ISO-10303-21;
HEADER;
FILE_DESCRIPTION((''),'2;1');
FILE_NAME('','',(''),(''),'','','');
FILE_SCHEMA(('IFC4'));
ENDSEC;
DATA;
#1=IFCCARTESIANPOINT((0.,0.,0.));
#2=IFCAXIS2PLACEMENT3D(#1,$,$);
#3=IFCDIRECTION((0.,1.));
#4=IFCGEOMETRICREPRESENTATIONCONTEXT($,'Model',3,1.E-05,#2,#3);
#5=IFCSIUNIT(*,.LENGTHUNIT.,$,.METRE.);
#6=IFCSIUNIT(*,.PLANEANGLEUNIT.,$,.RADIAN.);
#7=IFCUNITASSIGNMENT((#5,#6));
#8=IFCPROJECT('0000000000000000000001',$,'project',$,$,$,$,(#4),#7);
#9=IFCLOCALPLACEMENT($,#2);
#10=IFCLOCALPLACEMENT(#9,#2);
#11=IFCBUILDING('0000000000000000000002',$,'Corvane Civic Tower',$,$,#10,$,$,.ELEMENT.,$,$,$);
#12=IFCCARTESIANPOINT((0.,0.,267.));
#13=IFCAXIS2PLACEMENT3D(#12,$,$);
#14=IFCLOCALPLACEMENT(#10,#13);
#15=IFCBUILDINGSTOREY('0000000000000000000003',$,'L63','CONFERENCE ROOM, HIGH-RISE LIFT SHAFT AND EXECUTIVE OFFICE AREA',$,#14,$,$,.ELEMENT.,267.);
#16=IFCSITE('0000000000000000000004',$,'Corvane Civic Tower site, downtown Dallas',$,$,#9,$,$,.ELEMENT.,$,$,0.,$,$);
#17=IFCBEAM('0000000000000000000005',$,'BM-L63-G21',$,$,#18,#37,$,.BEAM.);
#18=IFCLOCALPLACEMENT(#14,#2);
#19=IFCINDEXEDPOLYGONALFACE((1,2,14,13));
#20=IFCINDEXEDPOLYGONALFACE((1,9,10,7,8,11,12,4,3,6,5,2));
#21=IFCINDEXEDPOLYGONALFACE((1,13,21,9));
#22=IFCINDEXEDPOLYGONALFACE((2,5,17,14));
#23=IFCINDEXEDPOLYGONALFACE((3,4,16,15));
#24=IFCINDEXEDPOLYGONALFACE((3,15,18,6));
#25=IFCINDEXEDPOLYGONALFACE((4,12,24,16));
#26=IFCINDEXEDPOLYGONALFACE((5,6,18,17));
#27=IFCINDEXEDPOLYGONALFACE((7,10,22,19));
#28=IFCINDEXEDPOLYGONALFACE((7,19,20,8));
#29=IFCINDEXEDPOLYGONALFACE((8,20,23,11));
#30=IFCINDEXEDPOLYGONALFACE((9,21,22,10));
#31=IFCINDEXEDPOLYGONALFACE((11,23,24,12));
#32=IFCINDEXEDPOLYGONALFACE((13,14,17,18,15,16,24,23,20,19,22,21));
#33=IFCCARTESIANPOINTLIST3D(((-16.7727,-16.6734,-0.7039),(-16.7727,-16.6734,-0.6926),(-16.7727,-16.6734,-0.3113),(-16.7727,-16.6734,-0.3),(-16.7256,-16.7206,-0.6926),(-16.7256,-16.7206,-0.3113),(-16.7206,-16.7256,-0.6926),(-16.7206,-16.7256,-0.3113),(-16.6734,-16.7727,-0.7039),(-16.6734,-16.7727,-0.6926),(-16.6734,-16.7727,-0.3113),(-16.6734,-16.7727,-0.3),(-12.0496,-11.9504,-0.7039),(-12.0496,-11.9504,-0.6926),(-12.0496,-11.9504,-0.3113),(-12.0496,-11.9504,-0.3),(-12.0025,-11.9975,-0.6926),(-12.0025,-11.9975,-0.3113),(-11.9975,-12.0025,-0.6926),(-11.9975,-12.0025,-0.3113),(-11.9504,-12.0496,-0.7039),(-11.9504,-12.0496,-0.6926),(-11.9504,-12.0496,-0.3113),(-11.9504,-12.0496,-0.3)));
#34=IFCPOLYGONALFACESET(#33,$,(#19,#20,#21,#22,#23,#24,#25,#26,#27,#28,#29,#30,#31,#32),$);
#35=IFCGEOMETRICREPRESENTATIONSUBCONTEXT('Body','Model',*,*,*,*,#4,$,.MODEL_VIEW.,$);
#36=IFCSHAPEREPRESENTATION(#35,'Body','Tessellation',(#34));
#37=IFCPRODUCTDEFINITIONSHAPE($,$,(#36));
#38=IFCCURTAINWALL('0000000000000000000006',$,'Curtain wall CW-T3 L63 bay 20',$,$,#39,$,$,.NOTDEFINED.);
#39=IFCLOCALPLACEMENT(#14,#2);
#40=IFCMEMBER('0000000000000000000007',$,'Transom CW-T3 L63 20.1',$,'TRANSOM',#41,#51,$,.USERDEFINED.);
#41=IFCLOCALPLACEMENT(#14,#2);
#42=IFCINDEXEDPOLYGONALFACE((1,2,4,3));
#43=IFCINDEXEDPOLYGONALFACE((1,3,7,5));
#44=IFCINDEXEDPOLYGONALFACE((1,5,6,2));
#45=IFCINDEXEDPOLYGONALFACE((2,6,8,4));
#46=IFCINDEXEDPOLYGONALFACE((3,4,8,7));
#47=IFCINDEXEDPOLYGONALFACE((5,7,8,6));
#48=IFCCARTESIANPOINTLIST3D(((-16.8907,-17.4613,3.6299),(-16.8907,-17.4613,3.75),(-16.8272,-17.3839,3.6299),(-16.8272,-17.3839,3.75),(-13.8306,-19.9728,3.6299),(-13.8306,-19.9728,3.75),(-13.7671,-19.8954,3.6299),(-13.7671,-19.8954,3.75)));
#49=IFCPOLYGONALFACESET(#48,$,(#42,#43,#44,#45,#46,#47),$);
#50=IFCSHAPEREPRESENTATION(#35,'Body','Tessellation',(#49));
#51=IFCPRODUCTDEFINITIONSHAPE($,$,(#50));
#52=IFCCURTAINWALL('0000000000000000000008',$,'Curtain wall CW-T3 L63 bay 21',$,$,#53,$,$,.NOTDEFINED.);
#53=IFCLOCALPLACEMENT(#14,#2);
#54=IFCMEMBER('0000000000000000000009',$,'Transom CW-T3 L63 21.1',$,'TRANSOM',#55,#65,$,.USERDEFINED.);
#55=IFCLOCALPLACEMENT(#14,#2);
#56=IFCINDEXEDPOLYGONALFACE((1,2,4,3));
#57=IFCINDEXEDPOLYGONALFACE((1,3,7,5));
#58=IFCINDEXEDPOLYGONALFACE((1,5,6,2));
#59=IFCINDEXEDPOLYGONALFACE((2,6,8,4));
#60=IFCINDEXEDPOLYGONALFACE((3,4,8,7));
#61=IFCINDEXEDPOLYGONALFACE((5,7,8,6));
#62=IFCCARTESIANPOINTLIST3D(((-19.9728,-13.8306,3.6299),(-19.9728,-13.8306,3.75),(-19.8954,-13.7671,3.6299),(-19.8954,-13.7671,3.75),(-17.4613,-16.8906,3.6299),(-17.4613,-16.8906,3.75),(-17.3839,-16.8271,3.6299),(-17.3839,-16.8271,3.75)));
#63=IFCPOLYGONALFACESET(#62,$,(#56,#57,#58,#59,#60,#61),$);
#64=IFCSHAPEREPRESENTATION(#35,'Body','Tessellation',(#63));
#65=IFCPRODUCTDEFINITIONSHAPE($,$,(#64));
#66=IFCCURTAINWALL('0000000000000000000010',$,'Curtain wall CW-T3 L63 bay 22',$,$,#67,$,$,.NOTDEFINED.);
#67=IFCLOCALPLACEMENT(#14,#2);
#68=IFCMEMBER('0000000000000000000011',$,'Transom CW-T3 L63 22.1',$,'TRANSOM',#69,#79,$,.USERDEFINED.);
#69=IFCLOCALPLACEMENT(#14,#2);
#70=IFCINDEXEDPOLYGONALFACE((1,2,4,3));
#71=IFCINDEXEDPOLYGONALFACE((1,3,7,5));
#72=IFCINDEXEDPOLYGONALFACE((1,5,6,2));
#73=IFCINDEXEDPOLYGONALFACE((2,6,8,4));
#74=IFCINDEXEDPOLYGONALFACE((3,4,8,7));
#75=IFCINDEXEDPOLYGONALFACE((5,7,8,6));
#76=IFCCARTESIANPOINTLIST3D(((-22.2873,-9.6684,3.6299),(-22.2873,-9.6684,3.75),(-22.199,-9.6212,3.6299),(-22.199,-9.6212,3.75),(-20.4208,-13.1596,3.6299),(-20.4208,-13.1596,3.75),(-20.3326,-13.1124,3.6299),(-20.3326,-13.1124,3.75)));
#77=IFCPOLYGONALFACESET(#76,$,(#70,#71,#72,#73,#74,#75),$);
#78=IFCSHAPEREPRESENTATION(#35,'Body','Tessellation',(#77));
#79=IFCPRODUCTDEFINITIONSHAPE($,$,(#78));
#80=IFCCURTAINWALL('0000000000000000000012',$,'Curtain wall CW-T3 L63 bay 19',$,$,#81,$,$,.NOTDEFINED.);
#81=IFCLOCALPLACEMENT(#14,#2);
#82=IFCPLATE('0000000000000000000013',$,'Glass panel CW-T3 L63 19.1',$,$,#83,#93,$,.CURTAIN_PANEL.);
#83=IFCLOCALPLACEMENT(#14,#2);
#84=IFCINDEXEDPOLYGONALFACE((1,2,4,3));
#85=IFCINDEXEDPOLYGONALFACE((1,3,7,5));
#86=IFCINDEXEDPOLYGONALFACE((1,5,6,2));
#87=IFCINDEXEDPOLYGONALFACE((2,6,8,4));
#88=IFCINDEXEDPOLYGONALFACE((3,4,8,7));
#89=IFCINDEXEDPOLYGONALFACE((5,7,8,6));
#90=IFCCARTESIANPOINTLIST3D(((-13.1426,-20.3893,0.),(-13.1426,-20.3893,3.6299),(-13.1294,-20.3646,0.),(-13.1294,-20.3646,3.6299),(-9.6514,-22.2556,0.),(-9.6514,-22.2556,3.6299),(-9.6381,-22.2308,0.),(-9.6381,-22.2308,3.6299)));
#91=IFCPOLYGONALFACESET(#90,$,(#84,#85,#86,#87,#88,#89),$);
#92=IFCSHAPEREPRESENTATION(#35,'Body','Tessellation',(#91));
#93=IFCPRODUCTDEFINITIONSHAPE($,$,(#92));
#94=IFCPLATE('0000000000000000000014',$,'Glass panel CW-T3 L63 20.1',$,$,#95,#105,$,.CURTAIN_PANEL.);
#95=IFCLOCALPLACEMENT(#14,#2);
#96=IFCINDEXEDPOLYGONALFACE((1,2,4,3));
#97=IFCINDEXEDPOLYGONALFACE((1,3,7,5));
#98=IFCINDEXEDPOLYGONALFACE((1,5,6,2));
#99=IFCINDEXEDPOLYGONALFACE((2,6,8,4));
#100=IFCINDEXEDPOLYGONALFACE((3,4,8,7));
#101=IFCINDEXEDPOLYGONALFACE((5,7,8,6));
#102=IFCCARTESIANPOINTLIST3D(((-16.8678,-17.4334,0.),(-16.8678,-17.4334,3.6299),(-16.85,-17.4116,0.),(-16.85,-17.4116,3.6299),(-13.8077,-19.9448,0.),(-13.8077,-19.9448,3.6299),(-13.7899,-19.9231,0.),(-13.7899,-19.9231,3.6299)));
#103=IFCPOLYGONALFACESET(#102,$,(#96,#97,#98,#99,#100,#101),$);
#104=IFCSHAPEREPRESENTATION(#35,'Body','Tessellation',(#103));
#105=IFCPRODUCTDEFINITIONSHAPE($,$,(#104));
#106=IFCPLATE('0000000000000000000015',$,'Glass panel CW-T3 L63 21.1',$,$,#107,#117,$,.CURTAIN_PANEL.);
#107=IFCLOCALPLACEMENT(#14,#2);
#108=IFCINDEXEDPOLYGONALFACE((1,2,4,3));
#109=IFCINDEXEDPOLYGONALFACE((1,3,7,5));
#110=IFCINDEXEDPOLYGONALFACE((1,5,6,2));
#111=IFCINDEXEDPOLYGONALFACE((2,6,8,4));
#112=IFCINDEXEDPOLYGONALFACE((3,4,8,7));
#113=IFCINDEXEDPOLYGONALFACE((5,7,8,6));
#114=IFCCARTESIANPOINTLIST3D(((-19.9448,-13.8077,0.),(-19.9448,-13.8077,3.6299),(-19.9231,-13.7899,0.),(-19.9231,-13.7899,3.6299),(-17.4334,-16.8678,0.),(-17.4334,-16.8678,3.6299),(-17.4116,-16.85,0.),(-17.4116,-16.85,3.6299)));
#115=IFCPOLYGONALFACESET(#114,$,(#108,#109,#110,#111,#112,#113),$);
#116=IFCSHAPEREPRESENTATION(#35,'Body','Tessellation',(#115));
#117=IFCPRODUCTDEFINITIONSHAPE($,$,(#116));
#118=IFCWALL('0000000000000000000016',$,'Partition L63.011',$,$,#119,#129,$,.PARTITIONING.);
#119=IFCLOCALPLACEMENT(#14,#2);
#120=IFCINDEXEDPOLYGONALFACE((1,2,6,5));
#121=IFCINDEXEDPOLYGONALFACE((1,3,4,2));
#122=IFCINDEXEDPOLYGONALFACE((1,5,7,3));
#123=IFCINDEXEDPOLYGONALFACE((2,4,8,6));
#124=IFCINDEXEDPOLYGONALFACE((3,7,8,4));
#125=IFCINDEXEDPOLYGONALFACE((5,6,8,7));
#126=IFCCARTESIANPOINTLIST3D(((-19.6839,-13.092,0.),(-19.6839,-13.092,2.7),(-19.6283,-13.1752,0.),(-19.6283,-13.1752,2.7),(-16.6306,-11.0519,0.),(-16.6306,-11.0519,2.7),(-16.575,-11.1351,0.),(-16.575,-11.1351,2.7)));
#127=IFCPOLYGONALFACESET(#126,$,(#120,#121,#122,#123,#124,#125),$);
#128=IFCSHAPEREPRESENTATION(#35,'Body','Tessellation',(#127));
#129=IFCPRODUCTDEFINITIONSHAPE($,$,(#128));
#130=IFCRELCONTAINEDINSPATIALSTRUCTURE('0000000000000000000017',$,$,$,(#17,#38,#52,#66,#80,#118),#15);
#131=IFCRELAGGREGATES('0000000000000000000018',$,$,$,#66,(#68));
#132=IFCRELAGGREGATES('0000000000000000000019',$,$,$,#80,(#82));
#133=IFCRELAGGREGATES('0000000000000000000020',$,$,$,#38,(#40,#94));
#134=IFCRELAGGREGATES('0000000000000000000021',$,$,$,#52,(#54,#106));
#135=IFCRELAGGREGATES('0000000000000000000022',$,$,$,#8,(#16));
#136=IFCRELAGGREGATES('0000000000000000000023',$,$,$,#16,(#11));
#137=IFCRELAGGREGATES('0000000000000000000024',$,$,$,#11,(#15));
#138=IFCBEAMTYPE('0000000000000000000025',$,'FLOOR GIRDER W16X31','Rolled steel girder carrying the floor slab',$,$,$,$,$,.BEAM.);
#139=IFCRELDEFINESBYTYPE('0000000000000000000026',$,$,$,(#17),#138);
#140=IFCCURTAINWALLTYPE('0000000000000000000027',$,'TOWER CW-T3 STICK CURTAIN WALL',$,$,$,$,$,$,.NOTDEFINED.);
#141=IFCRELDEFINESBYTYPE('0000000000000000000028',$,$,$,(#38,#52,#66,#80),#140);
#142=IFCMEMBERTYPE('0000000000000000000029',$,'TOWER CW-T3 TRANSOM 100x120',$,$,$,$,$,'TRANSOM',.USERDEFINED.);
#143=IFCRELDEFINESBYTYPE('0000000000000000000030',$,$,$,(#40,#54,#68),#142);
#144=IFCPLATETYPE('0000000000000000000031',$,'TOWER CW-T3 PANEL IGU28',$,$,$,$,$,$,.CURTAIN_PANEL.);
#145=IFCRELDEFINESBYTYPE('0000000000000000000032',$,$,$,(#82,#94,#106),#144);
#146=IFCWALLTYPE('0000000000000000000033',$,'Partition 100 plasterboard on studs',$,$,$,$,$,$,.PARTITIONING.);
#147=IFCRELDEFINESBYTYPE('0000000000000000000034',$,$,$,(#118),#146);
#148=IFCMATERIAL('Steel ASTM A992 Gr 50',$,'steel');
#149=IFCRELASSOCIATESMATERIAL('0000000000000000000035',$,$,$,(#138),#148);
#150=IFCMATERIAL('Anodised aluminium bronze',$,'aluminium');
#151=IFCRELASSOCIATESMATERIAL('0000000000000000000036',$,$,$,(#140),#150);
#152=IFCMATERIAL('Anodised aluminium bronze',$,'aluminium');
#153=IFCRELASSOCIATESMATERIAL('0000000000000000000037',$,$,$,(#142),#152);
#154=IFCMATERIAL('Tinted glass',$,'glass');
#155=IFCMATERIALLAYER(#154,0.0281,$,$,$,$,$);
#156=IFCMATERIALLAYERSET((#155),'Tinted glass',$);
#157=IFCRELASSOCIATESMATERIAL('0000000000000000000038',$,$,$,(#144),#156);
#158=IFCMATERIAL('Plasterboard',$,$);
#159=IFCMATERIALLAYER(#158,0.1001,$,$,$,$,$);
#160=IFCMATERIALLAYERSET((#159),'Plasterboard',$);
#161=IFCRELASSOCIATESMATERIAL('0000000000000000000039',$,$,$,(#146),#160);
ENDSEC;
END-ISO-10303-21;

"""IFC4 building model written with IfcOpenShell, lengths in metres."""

from ifc_helpers import new_model, si_unit, direction, frame, frame_2d, origin, origin_2d, place, context, subcontext, project, spatial, rectangle, i_section, extrude, material, layer, layer_set, material_profile, profile_set, type_object, element, aggregate, save


model = new_model("IFC4")

# Units and contexts
model_context = context("Model", 3, precision=1e-05, world=origin(), true_north=direction((0.0, 1.0)))
body_context = subcontext(model_context, "Body", "Model", "MODEL_VIEW")
ifc_project = project(units=[si_unit("LENGTHUNIT", "METRE"), si_unit("PLANEANGLEUNIT", "RADIAN")], contexts=[model_context])

# Site, building, storey
site_placement = place(None, origin())
site = spatial("IfcSite", under=ifc_project, at=site_placement, Name="Corvane Civic Tower site, downtown Dallas", CompositionType="ELEMENT", RefElevation=0.0)
building_placement = place(site_placement, origin())
building = spatial("IfcBuilding", under=site, at=building_placement, Name="Corvane Civic Tower", CompositionType="ELEMENT")
storey_placement = place(building_placement, frame((0.0, 0.0, 267.0)))
storey = spatial("IfcBuildingStorey", under=building, at=storey_placement, Name="L63", Description="CONFERENCE ROOM, HIGH-RISE LIFT SHAFT AND EXECUTIVE OFFICE AREA", CompositionType="ELEMENT", Elevation=267.0)

# Beam
ifc_material_1 = material(Name="Steel ASTM A992 Gr 50", Category="steel")
ifc_material_profile_1 = material_profile(ifc_material_1, i_section(OverallWidth=0.1404, OverallDepth=0.4038, WebThickness=0.0071, FlangeThickness=0.0112, at=origin_2d()), Name="W16X31")
ifc_profile_set_1 = profile_set([ifc_material_profile_1], Name="Steel ASTM A992 Gr 50")
beam_type_1 = type_object("IfcBeamType", Name="FLOOR GIRDER W16X31", Description="Rolled steel girder carrying the floor slab", PredefinedType="BEAM", material=ifc_profile_set_1)
beam_1_placement = place(storey_placement, frame((-12.0, -12.0, -0.502), z_axis=(-0.707107, -0.707107, 0.0), x_axis=(0.707107, -0.707107, 0.0)))
element("IfcBeam", 1, at=beam_1_placement, inside=storey, type_object=beam_type_1, Name="BM-L63-G21", PredefinedType="BEAM", context=body_context, shape_type="SweptSolid", body=[
    extrude(i_section(OverallWidth=0.1404, OverallDepth=0.4038, WebThickness=0.0071, FlangeThickness=0.0112, at=origin_2d()), origin(), (0.0, 0.0, 1.0), 6.6794),
])

# Curtain walls, members
ifc_material_2 = material(Name="Anodised aluminium bronze", Category="aluminium")
curtain_wall_type = type_object("IfcCurtainWallType", Name="TOWER CW-T3 STICK CURTAIN WALL", PredefinedType="NOTDEFINED", material=ifc_material_2)
curtain_wall_1_placement = place(storey_placement, origin())
curtain_wall_1 = element("IfcCurtainWall", 2, at=curtain_wall_1_placement, inside=storey, type_object=curtain_wall_type, Name="Curtain wall CW-T3 L63 bay 20", PredefinedType="NOTDEFINED")
ifc_material_3 = material(Name="Anodised aluminium bronze", Category="aluminium")
ifc_material_profile_2 = material_profile(ifc_material_3, rectangle(XDim=0.1001, YDim=0.1201, at=origin_2d()), Name="TOWER CW-T3 TRANSOM 100x120")
ifc_profile_set_2 = profile_set([ifc_material_profile_2], Name="Anodised aluminium bronze")
member_type = type_object("IfcMemberType", Name="TOWER CW-T3 TRANSOM 100x120", ElementType="TRANSOM", PredefinedType="USERDEFINED", material=ifc_profile_set_2)
member_1_placement = place(storey_placement, frame((-13.7988, -19.9341, 3.6899), z_axis=(-0.772992, 0.634416, 0.0), x_axis=(-0.634416, -0.772992, 0.0)))
member_1 = element("IfcMember", 3, at=member_1_placement, type_object=member_type, Name="Transom CW-T3 L63 20.1", ObjectType="TRANSOM", PredefinedType="USERDEFINED", context=body_context, shape_type="SweptSolid", body=[
    extrude(rectangle(XDim=0.1001, YDim=0.1201, at=origin_2d()), origin(), (0.0, 0.0, 1.0), 3.9587),
])
curtain_wall_2_placement = place(storey_placement, origin())
curtain_wall_2 = element("IfcCurtainWall", 4, at=curtain_wall_2_placement, inside=storey, type_object=curtain_wall_type, Name="Curtain wall CW-T3 L63 bay 21", PredefinedType="NOTDEFINED")
member_2_placement = place(storey_placement, frame((-17.4226, -16.8589, 3.6899), z_axis=(-0.634416, 0.772992, 0.0), x_axis=(-0.772992, -0.634416, 0.0)))
member_2 = element("IfcMember", 5, at=member_2_placement, type_object=member_type, Name="Transom CW-T3 L63 21.1", ObjectType="TRANSOM", PredefinedType="USERDEFINED", context=body_context, shape_type="SweptSolid", body=[
    extrude(rectangle(XDim=0.1001, YDim=0.1201, at=origin_2d()), origin(), (0.0, 0.0, 1.0), 3.9587),
])
curtain_wall_3_placement = place(storey_placement, origin())
curtain_wall_3 = element("IfcCurtainWall", 6, at=curtain_wall_3_placement, inside=storey, type_object=curtain_wall_type, Name="Curtain wall CW-T3 L63 bay 22", PredefinedType="NOTDEFINED")
member_3_placement = place(storey_placement, frame((-20.3767, -13.136, 3.6899), z_axis=(-0.471468, 0.881883, 0.0), x_axis=(-0.881883, -0.471468, 0.0)))
member_3 = element("IfcMember", 7, at=member_3_placement, type_object=member_type, Name="Transom CW-T3 L63 22.1", ObjectType="TRANSOM", PredefinedType="USERDEFINED", context=body_context, shape_type="SweptSolid", body=[
    extrude(rectangle(XDim=0.1001, YDim=0.1201, at=origin_2d()), origin(), (0.0, 0.0, 1.0), 3.9587),
])
aggregate(curtain_wall_3, [member_3])

# Curtain wall, plate
curtain_wall_4_placement = place(storey_placement, origin())
curtain_wall_4 = element("IfcCurtainWall", 8, at=curtain_wall_4_placement, inside=storey, type_object=curtain_wall_type, Name="Curtain wall CW-T3 L63 bay 19", PredefinedType="NOTDEFINED")
ifc_material_4 = material(Name="Tinted glass", Category="glass")
ifc_layer_1 = layer(ifc_material_4, 0.0281)
ifc_layer_set_1 = layer_set([ifc_layer_1], Name="Tinted glass")
plate_type = type_object("IfcPlateType", Name="TOWER CW-T3 PANEL IGU28", PredefinedType="CURTAIN_PANEL", material=ifc_layer_set_1)
plate_1_placement = place(storey_placement, frame((-11.3904, -21.3101, 0.0), z_axis=(0.0, 0.0, 1.0), x_axis=(-0.881908, 0.471421, 0.0)))
plate_1 = element("IfcPlate", 9, at=plate_1_placement, type_object=plate_type, Name="Glass panel CW-T3 L63 19.1", PredefinedType="CURTAIN_PANEL", context=body_context, shape_type="SweptSolid", body=[
    extrude(rectangle(XDim=3.9587, YDim=0.0281, at=origin_2d()), origin(), (0.0, 0.0, 1.0), 3.6299),
])
aggregate(curtain_wall_4, [plate_1])

# Plates
plate_2_placement = place(storey_placement, frame((-15.3289, -18.6782, 0.0), z_axis=(0.0, 0.0, 1.0), x_axis=(-0.773001, 0.634405, 0.0)))
plate_2 = element("IfcPlate", 10, at=plate_2_placement, type_object=plate_type, Name="Glass panel CW-T3 L63 20.1", PredefinedType="CURTAIN_PANEL", context=body_context, shape_type="SweptSolid", body=[
    extrude(rectangle(XDim=3.9587, YDim=0.0281, at=origin_2d()), origin(), (0.0, 0.0, 1.0), 3.6299),
])
aggregate(curtain_wall_1, [member_1, plate_2])
plate_3_placement = place(storey_placement, frame((-18.6782, -15.3289, 0.0), z_axis=(0.0, 0.0, 1.0), x_axis=(-0.634405, 0.773001, 0.0)))
plate_3 = element("IfcPlate", 11, at=plate_3_placement, type_object=plate_type, Name="Glass panel CW-T3 L63 21.1", PredefinedType="CURTAIN_PANEL", context=body_context, shape_type="SweptSolid", body=[
    extrude(rectangle(XDim=3.9587, YDim=0.0281, at=origin_2d()), origin(), (0.0, 0.0, 1.0), 3.6299),
])
aggregate(curtain_wall_2, [member_2, plate_3])

# Wall
ifc_material_5 = material(Name="Plasterboard")
ifc_layer_2 = layer(ifc_material_5, 0.1001)
ifc_layer_set_2 = layer_set([ifc_layer_2], Name="Plasterboard")
wall_type_1 = type_object("IfcWallType", Name="Partition 100 plasterboard on studs", PredefinedType="PARTITIONING", material=ifc_layer_set_2)
wall_1_placement = place(storey_placement, frame((-19.656, -13.1335, 0.0), z_axis=(0.0, 0.0, 1.0), x_axis=(0.831477, 0.555559, 0.0)))
element("IfcWall", 12, at=wall_1_placement, inside=storey, type_object=wall_type_1, Name="Partition L63.011", PredefinedType="PARTITIONING", context=body_context, shape_type="SweptSolid", body=[
    extrude(rectangle(XDim=3.6721, YDim=0.1001, at=frame_2d((1.8359, 0.0))), origin(), (0.0, 0.0, 1.0), 2.7),
])

save(model, "model.ifc")
